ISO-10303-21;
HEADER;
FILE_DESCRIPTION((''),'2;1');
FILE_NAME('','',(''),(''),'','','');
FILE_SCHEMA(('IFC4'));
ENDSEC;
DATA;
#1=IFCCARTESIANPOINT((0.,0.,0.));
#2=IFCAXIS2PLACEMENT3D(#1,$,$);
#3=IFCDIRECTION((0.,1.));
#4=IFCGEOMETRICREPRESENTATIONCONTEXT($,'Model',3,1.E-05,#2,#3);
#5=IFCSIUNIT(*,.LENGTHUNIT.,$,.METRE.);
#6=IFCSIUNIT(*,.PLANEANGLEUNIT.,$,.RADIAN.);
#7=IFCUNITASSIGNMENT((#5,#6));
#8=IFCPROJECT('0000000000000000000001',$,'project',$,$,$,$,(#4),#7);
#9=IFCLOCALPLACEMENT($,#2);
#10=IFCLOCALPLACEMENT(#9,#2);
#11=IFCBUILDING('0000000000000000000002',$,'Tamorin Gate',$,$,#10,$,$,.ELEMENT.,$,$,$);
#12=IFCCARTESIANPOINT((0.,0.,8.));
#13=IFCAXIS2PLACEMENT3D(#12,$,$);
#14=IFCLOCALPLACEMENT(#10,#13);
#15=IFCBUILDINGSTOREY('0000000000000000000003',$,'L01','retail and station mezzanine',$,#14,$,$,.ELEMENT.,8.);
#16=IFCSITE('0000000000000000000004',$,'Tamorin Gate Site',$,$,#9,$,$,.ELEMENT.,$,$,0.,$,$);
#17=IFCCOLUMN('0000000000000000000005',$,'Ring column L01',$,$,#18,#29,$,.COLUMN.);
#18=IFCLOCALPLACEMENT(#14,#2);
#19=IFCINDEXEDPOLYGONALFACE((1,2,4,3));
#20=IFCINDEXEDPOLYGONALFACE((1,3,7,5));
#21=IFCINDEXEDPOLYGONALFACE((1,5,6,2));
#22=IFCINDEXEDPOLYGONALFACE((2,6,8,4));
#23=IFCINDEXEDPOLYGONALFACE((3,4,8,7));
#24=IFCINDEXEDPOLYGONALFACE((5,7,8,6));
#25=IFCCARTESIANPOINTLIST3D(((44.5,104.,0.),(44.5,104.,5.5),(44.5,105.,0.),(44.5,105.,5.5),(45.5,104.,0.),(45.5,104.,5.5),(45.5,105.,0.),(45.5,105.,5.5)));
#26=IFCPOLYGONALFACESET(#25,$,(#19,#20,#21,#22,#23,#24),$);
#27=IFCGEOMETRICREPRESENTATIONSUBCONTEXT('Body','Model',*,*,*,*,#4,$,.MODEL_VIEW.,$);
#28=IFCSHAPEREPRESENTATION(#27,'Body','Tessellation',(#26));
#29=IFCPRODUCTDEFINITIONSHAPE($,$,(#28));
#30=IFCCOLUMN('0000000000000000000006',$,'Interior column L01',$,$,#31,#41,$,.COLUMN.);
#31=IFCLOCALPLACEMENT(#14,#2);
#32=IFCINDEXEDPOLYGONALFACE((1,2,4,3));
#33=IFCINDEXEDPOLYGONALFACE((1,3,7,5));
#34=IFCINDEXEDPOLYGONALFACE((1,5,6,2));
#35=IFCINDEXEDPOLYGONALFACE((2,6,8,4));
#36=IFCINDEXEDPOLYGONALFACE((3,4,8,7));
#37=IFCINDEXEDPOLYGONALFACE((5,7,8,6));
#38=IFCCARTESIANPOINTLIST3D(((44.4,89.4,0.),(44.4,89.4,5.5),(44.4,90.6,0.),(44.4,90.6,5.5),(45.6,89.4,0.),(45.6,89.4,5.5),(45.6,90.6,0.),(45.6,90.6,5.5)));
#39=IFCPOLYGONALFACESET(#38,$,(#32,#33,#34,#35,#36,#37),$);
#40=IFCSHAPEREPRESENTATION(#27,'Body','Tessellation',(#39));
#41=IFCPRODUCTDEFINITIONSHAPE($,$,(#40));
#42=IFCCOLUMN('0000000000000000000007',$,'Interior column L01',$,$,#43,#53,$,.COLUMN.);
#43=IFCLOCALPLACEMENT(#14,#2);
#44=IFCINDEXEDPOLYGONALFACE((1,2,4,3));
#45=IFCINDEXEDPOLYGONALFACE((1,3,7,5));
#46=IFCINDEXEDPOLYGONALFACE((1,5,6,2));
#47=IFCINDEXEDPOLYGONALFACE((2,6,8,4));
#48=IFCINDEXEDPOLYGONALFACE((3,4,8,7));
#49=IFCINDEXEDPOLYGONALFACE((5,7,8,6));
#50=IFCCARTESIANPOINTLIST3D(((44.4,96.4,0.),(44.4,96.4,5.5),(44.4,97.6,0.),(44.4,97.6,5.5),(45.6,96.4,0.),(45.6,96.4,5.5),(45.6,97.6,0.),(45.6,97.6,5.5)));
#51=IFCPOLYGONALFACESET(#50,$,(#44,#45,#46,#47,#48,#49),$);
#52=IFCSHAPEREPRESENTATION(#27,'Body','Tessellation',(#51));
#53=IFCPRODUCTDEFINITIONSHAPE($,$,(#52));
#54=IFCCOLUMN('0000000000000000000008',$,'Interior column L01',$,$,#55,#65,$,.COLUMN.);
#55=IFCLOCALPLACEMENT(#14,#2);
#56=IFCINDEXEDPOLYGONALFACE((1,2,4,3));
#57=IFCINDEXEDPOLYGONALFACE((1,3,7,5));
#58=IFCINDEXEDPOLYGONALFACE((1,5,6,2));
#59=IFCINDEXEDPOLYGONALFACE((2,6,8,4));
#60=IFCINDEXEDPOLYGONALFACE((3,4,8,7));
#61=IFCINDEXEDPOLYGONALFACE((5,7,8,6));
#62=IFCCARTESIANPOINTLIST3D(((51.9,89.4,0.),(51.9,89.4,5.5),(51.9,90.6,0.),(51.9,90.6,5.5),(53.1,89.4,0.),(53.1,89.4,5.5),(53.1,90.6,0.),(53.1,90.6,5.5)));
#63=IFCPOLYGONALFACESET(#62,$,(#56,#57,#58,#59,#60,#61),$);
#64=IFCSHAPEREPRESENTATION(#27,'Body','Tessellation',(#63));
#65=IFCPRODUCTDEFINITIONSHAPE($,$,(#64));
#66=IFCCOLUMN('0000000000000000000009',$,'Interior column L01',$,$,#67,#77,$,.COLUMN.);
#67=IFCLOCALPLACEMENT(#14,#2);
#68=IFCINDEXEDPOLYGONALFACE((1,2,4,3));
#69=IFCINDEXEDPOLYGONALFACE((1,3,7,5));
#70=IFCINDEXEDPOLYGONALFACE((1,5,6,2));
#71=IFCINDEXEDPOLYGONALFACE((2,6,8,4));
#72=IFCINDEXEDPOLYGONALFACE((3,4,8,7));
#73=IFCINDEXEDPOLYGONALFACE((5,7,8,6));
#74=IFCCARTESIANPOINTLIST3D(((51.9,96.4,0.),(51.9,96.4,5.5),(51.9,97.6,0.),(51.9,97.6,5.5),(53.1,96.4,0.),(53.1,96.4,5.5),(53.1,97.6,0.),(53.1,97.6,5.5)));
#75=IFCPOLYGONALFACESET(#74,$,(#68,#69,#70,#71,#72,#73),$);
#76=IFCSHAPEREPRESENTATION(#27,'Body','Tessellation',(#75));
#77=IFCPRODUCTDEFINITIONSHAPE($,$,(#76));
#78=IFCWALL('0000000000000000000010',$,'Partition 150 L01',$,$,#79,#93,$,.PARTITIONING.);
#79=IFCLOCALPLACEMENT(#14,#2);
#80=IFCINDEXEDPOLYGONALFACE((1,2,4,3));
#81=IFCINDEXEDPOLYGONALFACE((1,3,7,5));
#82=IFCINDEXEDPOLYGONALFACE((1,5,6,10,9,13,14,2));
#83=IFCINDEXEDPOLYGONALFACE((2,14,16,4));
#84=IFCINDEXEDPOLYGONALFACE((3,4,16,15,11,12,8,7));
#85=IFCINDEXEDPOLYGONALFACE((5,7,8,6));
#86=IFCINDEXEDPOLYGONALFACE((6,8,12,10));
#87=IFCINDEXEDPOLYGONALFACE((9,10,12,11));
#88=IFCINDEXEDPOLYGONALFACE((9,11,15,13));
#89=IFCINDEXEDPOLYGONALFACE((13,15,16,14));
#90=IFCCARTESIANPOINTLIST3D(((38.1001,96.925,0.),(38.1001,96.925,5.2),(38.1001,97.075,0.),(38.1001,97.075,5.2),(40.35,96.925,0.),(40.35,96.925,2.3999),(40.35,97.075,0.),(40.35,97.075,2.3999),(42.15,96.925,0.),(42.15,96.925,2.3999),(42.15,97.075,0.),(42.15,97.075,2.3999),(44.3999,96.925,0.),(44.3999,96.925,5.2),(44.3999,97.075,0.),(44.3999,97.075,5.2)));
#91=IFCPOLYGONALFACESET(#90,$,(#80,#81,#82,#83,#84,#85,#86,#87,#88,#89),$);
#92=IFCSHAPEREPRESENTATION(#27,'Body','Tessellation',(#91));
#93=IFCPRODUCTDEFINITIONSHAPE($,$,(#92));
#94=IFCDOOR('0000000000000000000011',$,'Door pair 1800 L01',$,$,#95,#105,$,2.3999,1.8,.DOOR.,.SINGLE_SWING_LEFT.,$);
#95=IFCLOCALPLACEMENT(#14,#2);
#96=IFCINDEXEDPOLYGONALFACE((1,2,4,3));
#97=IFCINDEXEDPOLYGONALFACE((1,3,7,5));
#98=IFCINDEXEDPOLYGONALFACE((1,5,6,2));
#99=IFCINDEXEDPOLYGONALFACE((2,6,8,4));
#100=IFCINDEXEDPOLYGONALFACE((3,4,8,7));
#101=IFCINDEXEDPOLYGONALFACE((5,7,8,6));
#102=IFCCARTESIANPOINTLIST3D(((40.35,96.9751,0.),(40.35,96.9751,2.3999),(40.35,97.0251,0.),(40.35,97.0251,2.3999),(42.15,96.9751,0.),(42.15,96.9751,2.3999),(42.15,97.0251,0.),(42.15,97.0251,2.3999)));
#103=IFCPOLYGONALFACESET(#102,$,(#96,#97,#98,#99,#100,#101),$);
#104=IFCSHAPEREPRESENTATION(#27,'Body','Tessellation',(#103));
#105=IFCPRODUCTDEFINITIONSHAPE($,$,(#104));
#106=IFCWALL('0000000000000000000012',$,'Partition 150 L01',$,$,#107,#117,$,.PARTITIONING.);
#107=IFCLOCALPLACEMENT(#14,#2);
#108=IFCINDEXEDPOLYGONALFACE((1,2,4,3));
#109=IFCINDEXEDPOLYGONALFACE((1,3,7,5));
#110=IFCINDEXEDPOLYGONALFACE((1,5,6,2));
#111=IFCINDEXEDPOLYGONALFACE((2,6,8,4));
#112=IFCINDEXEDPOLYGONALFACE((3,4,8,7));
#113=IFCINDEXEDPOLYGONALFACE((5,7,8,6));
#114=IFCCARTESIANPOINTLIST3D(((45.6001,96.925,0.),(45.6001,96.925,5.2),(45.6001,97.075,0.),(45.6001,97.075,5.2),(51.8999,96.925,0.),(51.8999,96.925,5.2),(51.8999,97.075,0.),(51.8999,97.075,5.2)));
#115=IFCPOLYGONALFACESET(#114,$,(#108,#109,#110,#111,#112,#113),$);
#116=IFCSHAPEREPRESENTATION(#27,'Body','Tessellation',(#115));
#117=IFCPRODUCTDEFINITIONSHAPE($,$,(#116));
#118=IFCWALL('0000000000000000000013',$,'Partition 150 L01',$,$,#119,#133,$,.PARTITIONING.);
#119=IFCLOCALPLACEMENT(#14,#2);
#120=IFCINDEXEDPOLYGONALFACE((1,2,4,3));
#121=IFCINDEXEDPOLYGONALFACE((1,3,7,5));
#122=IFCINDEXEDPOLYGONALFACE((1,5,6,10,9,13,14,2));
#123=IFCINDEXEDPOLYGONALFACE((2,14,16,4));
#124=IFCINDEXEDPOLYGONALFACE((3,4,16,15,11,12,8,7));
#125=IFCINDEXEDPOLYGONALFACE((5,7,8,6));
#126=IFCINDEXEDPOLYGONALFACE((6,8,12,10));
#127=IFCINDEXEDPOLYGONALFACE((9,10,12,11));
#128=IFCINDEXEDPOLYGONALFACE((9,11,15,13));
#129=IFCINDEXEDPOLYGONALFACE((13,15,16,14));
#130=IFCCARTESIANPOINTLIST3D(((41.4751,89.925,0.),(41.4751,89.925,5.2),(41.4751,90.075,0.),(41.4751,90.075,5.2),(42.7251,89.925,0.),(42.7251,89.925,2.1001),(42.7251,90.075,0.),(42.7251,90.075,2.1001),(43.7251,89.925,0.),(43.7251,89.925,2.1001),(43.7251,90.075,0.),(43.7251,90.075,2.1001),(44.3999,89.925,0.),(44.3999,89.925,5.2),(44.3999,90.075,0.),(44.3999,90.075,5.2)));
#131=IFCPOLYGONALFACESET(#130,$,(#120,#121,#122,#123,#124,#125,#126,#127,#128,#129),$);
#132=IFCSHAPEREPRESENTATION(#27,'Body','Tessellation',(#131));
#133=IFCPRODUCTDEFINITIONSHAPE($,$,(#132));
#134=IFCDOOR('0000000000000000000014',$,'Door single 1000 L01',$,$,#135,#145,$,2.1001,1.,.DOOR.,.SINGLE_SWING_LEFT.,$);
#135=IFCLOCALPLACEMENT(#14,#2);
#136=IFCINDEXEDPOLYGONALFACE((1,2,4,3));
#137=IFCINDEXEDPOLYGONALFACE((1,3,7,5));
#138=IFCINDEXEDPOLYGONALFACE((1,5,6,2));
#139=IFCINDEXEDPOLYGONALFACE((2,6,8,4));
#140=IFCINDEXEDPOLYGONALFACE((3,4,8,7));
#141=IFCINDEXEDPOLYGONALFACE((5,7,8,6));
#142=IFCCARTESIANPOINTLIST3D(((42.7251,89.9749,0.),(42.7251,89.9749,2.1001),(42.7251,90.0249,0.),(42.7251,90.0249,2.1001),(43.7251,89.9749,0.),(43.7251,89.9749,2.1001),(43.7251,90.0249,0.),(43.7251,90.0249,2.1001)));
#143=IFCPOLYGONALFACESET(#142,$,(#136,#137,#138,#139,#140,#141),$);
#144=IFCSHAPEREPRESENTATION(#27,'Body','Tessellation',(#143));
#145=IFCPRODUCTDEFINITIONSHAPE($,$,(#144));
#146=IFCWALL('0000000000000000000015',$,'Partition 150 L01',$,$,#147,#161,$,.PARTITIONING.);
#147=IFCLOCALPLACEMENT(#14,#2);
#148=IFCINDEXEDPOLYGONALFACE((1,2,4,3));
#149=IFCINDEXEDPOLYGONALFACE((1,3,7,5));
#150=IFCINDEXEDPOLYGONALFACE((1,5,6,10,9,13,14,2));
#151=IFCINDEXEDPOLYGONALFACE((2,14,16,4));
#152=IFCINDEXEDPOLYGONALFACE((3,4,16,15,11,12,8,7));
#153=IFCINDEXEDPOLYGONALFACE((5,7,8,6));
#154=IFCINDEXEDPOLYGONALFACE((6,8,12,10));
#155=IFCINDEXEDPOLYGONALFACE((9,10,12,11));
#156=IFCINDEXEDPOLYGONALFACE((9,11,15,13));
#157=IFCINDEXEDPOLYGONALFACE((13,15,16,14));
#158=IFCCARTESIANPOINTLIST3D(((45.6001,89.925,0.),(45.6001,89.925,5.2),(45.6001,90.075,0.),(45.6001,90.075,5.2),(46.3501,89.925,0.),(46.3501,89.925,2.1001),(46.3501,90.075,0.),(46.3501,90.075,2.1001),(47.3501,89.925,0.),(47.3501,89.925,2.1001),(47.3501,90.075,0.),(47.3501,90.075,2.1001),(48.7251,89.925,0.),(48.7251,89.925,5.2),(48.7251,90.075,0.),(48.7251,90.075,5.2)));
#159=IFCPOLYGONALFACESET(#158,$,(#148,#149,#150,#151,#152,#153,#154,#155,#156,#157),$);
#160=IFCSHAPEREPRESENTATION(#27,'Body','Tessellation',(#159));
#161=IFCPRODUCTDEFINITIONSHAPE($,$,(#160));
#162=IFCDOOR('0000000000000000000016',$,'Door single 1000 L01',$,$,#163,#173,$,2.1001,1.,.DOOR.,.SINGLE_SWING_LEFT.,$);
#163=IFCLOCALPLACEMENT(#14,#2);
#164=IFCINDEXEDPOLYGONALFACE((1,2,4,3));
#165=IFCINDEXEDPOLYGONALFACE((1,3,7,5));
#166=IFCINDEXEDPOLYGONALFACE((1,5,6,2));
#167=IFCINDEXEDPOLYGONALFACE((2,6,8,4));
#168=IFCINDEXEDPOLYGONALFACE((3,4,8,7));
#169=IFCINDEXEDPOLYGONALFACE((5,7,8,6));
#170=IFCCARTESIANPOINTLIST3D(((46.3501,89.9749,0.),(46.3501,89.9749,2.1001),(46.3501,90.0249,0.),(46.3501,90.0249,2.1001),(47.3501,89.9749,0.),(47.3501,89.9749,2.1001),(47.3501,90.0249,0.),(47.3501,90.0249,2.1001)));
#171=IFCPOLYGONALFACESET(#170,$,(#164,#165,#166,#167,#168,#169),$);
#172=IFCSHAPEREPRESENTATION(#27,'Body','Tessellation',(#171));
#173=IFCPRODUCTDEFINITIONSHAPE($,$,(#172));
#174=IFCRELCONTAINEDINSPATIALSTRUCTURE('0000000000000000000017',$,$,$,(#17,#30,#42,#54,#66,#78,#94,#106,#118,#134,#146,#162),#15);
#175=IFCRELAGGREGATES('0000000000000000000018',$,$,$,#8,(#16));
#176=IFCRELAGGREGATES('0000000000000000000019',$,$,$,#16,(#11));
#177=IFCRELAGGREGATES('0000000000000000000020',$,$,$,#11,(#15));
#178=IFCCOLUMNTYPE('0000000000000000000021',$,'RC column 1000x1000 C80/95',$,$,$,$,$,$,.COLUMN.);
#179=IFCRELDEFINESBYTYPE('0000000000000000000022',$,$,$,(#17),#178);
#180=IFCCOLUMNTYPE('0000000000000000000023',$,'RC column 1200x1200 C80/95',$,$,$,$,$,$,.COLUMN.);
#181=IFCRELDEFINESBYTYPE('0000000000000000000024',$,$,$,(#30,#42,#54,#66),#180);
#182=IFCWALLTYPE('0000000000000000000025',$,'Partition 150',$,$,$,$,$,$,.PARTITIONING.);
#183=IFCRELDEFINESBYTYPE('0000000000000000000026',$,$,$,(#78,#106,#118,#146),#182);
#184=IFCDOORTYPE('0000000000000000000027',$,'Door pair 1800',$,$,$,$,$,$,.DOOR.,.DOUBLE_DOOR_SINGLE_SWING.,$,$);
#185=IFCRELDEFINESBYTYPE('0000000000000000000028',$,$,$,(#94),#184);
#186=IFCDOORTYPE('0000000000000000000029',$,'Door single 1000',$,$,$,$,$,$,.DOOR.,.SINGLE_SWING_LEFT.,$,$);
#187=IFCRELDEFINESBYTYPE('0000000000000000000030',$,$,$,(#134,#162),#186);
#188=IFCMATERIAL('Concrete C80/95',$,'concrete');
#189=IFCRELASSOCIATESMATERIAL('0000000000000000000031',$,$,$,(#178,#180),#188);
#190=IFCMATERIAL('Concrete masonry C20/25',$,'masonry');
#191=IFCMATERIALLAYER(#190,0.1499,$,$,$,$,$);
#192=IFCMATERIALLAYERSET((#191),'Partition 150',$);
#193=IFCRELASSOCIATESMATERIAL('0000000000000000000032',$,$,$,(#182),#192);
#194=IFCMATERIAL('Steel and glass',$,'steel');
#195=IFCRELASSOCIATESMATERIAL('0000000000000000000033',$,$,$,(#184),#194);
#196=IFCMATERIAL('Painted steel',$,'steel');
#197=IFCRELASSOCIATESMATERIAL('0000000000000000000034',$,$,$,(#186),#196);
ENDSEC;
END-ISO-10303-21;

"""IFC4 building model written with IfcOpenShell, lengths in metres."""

from ifc_helpers import new_model, si_unit, direction, frame, frame_2d, origin, origin_2d, place, context, subcontext, project, spatial, rectangle, extrude, material, layer, layer_set, material_profile, profile_set, type_object, element, fill, save


model = new_model("IFC4")

# Units and contexts
model_context = context("Model", 3, precision=1e-05, world=origin(), true_north=direction((0.0, 1.0)))
body_context = subcontext(model_context, "Body", "Model", "MODEL_VIEW")
ifc_project = project(units=[si_unit("LENGTHUNIT", "METRE"), si_unit("PLANEANGLEUNIT", "RADIAN")], contexts=[model_context])

# Site, building, storey
site_placement = place(None, origin())
site = spatial("IfcSite", under=ifc_project, at=site_placement, Name="Tamorin Gate Site", CompositionType="ELEMENT", RefElevation=0.0)
building_placement = place(site_placement, origin())
building = spatial("IfcBuilding", under=site, at=building_placement, Name="Tamorin Gate", CompositionType="ELEMENT")
storey_placement = place(building_placement, frame((0.0, 0.0, 8.0)))
storey = spatial("IfcBuildingStorey", under=building, at=storey_placement, Name="L01", Description="retail and station mezzanine", CompositionType="ELEMENT", Elevation=8.0)

# Columns
ifc_material_1 = material(Name="Concrete C80/95", Category="concrete")
ifc_material_profile_1 = material_profile(ifc_material_1, rectangle(XDim=1.0, YDim=1.0, at=origin_2d()), Name="RC 1000x1000")
ifc_profile_set_1 = profile_set([ifc_material_profile_1], Name="Concrete C80/95")
column_type_1 = type_object("IfcColumnType", Name="RC column 1000x1000 C80/95", PredefinedType="COLUMN", material=ifc_profile_set_1)
column_placement = place(storey_placement, frame((45.0, 104.5, 0.0), z_axis=(0.0, 0.0, 1.0), x_axis=(1.0, 0.0, 0.0)))
element("IfcColumn", 1, at=column_placement, inside=storey, type_object=column_type_1, Name="Ring column L01", PredefinedType="COLUMN", context=body_context, shape_type="SweptSolid", body=[
    extrude(rectangle(XDim=1.0, YDim=1.0, at=origin_2d()), origin(), (0.0, 0.0, 1.0), 5.5),
])
ifc_material_profile_2 = material_profile(ifc_material_1, rectangle(XDim=1.2, YDim=1.2, at=origin_2d()), Name="RC 1200x1200")
ifc_profile_set_2 = profile_set([ifc_material_profile_2], Name="Concrete C80/95")
column_type_2 = type_object("IfcColumnType", Name="RC column 1200x1200 C80/95", PredefinedType="COLUMN", material=ifc_profile_set_2)
for number, where, z_axis, x_axis, name in (
    (2, (45.0, 90.0, 0.0), (0.0, 0.0, 1.0), (1.0, 0.0, 0.0), "Interior column L01"),
    (3, (45.0, 97.0, 0.0), (0.0, 0.0, 1.0), (1.0, 0.0, 0.0), "Interior column L01"),
    (4, (52.5, 90.0, 0.0), (0.0, 0.0, 1.0), (1.0, 0.0, 0.0), "Interior column L01"),
    (5, (52.5, 97.0, 0.0), (0.0, 0.0, 1.0), (1.0, 0.0, 0.0), "Interior column L01"),
):
    element("IfcColumn", number, at=place(storey_placement, frame(where, z_axis=z_axis, x_axis=x_axis)), inside=storey, type_object=column_type_2, Name=name, PredefinedType="COLUMN", context=body_context, shape_type="SweptSolid", body=[
        extrude(rectangle(XDim=1.2, YDim=1.2, at=origin_2d()), origin(), (0.0, 0.0, 1.0), 5.5),
    ])

# Wall, opening, door
ifc_material_2 = material(Name="Concrete masonry C20/25", Category="masonry")
ifc_layer = layer(ifc_material_2, 0.1499)
ifc_layer_set = layer_set([ifc_layer], Name="Partition 150")
wall_type = type_object("IfcWallType", Name="Partition 150", PredefinedType="PARTITIONING", material=ifc_layer_set)
wall_1_placement = place(storey_placement, frame((44.3999, 97.0, 0.0), z_axis=(0.0, 0.0, 1.0), x_axis=(-1.0, 0.0, 0.0)))
wall_1 = element("IfcWall", 6, at=wall_1_placement, inside=storey, type_object=wall_type, Name="Partition 150 L01", PredefinedType="PARTITIONING", context=body_context, shape_type="SweptSolid", body=[
    extrude(rectangle(XDim=6.2998, YDim=0.1499, at=frame_2d((3.1499, 0.0))), origin(), (0.0, 0.0, 1.0), 5.2),
])
opening_1_placement = place(wall_1_placement, frame((2.25, 0.0, 0.0)))
opening_1 = element("IfcOpeningElement", 7, at=opening_1_placement, cuts=wall_1, PredefinedType="OPENING", context=body_context, shape_type="SweptSolid", body=[
    extrude(rectangle(XDim=1.8, YDim=2.3999, at=frame_2d((0.8999, 1.2))), frame((0.0, 0.085, 0.0), z_axis=(0.0, -1.0, 0.0), x_axis=(1.0, 0.0, 0.0)), (0.0, 0.0, 1.0), 0.1699),
])
ifc_material_3 = material(Name="Steel and glass", Category="steel")
door_type_1 = type_object("IfcDoorType", Name="Door pair 1800", OperationType="DOUBLE_DOOR_SINGLE_SWING", PredefinedType="DOOR", material=ifc_material_3)
door_1_placement = place(opening_1_placement, origin())
door_1 = element("IfcDoor", 8, at=door_1_placement, inside=storey, type_object=door_type_1, Name="Door pair 1800 L01", OperationType="SINGLE_SWING_LEFT", OverallHeight=2.3999, OverallWidth=1.8, PredefinedType="DOOR", context=body_context, shape_type="SweptSolid", body=[
    extrude(rectangle(XDim=1.8, YDim=2.3999, at=frame_2d((0.8999, 1.2))), frame((0.0, 0.0249, 0.0), z_axis=(0.0, -1.0, 0.0), x_axis=(1.0, 0.0, 0.0)), (0.0, 0.0, 1.0), 0.05),
])
fill(opening_1, door_1)

# Wall
wall_2_placement = place(storey_placement, frame((45.6001, 97.0, 0.0), z_axis=(0.0, 0.0, 1.0), x_axis=(1.0, 0.0, 0.0)))
element("IfcWall", 9, at=wall_2_placement, inside=storey, type_object=wall_type, Name="Partition 150 L01", PredefinedType="PARTITIONING", context=body_context, shape_type="SweptSolid", body=[
    extrude(rectangle(XDim=6.2998, YDim=0.1499, at=frame_2d((3.1499, 0.0))), origin(), (0.0, 0.0, 1.0), 5.2),
])

# Walls, openings, doors
wall_3_placement = place(storey_placement, frame((41.4751, 90.0, 0.0), z_axis=(0.0, 0.0, 1.0), x_axis=(1.0, 0.0, 0.0)))
wall_3 = element("IfcWall", 10, at=wall_3_placement, inside=storey, type_object=wall_type, Name="Partition 150 L01", PredefinedType="PARTITIONING", context=body_context, shape_type="SweptSolid", body=[
    extrude(rectangle(XDim=2.9248, YDim=0.1499, at=frame_2d((1.4624, 0.0))), origin(), (0.0, 0.0, 1.0), 5.2),
])
opening_2_placement = place(wall_3_placement, frame((1.25, 0.0, 0.0)))
opening_2 = element("IfcOpeningElement", 11, at=opening_2_placement, cuts=wall_3, PredefinedType="OPENING", context=body_context, shape_type="SweptSolid", body=[
    extrude(rectangle(XDim=1.0, YDim=2.1001, at=frame_2d((0.5, 1.05))), frame((0.0, 0.085, 0.0), z_axis=(0.0, -1.0, 0.0), x_axis=(1.0, 0.0, 0.0)), (0.0, 0.0, 1.0), 0.1699),
])
ifc_material_4 = material(Name="Painted steel", Category="steel")
door_type_2 = type_object("IfcDoorType", Name="Door single 1000", OperationType="SINGLE_SWING_LEFT", PredefinedType="DOOR", material=ifc_material_4)
door_2_placement = place(opening_2_placement, origin())
door_2 = element("IfcDoor", 12, at=door_2_placement, inside=storey, type_object=door_type_2, Name="Door single 1000 L01", OperationType="SINGLE_SWING_LEFT", OverallHeight=2.1001, OverallWidth=1.0, PredefinedType="DOOR", context=body_context, shape_type="SweptSolid", body=[
    extrude(rectangle(XDim=1.0, YDim=2.1001, at=frame_2d((0.5, 1.05))), frame((0.0, 0.0249, 0.0), z_axis=(0.0, -1.0, 0.0), x_axis=(1.0, 0.0, 0.0)), (0.0, 0.0, 1.0), 0.05),
])
fill(opening_2, door_2)
wall_4_placement = place(storey_placement, frame((45.6001, 90.0, 0.0), z_axis=(0.0, 0.0, 1.0), x_axis=(1.0, 0.0, 0.0)))
wall_4 = element("IfcWall", 13, at=wall_4_placement, inside=storey, type_object=wall_type, Name="Partition 150 L01", PredefinedType="PARTITIONING", context=body_context, shape_type="SweptSolid", body=[
    extrude(rectangle(XDim=3.125, YDim=0.1499, at=frame_2d((1.5625, 0.0))), origin(), (0.0, 0.0, 1.0), 5.2),
])
opening_3_placement = place(wall_4_placement, frame((0.75, 0.0, 0.0)))
opening_3 = element("IfcOpeningElement", 14, at=opening_3_placement, cuts=wall_4, PredefinedType="OPENING", context=body_context, shape_type="SweptSolid", body=[
    extrude(rectangle(XDim=1.0, YDim=2.1001, at=frame_2d((0.5, 1.05))), frame((0.0, 0.085, 0.0), z_axis=(0.0, -1.0, 0.0), x_axis=(1.0, 0.0, 0.0)), (0.0, 0.0, 1.0), 0.1699),
])
door_3_placement = place(opening_3_placement, origin())
door_3 = element("IfcDoor", 15, at=door_3_placement, inside=storey, type_object=door_type_2, Name="Door single 1000 L01", OperationType="SINGLE_SWING_LEFT", OverallHeight=2.1001, OverallWidth=1.0, PredefinedType="DOOR", context=body_context, shape_type="SweptSolid", body=[
    extrude(rectangle(XDim=1.0, YDim=2.1001, at=frame_2d((0.5, 1.05))), frame((0.0, 0.0249, 0.0), z_axis=(0.0, -1.0, 0.0), x_axis=(1.0, 0.0, 0.0)), (0.0, 0.0, 1.0), 0.05),
])
fill(opening_3, door_3)

save(model, "model.ifc")
